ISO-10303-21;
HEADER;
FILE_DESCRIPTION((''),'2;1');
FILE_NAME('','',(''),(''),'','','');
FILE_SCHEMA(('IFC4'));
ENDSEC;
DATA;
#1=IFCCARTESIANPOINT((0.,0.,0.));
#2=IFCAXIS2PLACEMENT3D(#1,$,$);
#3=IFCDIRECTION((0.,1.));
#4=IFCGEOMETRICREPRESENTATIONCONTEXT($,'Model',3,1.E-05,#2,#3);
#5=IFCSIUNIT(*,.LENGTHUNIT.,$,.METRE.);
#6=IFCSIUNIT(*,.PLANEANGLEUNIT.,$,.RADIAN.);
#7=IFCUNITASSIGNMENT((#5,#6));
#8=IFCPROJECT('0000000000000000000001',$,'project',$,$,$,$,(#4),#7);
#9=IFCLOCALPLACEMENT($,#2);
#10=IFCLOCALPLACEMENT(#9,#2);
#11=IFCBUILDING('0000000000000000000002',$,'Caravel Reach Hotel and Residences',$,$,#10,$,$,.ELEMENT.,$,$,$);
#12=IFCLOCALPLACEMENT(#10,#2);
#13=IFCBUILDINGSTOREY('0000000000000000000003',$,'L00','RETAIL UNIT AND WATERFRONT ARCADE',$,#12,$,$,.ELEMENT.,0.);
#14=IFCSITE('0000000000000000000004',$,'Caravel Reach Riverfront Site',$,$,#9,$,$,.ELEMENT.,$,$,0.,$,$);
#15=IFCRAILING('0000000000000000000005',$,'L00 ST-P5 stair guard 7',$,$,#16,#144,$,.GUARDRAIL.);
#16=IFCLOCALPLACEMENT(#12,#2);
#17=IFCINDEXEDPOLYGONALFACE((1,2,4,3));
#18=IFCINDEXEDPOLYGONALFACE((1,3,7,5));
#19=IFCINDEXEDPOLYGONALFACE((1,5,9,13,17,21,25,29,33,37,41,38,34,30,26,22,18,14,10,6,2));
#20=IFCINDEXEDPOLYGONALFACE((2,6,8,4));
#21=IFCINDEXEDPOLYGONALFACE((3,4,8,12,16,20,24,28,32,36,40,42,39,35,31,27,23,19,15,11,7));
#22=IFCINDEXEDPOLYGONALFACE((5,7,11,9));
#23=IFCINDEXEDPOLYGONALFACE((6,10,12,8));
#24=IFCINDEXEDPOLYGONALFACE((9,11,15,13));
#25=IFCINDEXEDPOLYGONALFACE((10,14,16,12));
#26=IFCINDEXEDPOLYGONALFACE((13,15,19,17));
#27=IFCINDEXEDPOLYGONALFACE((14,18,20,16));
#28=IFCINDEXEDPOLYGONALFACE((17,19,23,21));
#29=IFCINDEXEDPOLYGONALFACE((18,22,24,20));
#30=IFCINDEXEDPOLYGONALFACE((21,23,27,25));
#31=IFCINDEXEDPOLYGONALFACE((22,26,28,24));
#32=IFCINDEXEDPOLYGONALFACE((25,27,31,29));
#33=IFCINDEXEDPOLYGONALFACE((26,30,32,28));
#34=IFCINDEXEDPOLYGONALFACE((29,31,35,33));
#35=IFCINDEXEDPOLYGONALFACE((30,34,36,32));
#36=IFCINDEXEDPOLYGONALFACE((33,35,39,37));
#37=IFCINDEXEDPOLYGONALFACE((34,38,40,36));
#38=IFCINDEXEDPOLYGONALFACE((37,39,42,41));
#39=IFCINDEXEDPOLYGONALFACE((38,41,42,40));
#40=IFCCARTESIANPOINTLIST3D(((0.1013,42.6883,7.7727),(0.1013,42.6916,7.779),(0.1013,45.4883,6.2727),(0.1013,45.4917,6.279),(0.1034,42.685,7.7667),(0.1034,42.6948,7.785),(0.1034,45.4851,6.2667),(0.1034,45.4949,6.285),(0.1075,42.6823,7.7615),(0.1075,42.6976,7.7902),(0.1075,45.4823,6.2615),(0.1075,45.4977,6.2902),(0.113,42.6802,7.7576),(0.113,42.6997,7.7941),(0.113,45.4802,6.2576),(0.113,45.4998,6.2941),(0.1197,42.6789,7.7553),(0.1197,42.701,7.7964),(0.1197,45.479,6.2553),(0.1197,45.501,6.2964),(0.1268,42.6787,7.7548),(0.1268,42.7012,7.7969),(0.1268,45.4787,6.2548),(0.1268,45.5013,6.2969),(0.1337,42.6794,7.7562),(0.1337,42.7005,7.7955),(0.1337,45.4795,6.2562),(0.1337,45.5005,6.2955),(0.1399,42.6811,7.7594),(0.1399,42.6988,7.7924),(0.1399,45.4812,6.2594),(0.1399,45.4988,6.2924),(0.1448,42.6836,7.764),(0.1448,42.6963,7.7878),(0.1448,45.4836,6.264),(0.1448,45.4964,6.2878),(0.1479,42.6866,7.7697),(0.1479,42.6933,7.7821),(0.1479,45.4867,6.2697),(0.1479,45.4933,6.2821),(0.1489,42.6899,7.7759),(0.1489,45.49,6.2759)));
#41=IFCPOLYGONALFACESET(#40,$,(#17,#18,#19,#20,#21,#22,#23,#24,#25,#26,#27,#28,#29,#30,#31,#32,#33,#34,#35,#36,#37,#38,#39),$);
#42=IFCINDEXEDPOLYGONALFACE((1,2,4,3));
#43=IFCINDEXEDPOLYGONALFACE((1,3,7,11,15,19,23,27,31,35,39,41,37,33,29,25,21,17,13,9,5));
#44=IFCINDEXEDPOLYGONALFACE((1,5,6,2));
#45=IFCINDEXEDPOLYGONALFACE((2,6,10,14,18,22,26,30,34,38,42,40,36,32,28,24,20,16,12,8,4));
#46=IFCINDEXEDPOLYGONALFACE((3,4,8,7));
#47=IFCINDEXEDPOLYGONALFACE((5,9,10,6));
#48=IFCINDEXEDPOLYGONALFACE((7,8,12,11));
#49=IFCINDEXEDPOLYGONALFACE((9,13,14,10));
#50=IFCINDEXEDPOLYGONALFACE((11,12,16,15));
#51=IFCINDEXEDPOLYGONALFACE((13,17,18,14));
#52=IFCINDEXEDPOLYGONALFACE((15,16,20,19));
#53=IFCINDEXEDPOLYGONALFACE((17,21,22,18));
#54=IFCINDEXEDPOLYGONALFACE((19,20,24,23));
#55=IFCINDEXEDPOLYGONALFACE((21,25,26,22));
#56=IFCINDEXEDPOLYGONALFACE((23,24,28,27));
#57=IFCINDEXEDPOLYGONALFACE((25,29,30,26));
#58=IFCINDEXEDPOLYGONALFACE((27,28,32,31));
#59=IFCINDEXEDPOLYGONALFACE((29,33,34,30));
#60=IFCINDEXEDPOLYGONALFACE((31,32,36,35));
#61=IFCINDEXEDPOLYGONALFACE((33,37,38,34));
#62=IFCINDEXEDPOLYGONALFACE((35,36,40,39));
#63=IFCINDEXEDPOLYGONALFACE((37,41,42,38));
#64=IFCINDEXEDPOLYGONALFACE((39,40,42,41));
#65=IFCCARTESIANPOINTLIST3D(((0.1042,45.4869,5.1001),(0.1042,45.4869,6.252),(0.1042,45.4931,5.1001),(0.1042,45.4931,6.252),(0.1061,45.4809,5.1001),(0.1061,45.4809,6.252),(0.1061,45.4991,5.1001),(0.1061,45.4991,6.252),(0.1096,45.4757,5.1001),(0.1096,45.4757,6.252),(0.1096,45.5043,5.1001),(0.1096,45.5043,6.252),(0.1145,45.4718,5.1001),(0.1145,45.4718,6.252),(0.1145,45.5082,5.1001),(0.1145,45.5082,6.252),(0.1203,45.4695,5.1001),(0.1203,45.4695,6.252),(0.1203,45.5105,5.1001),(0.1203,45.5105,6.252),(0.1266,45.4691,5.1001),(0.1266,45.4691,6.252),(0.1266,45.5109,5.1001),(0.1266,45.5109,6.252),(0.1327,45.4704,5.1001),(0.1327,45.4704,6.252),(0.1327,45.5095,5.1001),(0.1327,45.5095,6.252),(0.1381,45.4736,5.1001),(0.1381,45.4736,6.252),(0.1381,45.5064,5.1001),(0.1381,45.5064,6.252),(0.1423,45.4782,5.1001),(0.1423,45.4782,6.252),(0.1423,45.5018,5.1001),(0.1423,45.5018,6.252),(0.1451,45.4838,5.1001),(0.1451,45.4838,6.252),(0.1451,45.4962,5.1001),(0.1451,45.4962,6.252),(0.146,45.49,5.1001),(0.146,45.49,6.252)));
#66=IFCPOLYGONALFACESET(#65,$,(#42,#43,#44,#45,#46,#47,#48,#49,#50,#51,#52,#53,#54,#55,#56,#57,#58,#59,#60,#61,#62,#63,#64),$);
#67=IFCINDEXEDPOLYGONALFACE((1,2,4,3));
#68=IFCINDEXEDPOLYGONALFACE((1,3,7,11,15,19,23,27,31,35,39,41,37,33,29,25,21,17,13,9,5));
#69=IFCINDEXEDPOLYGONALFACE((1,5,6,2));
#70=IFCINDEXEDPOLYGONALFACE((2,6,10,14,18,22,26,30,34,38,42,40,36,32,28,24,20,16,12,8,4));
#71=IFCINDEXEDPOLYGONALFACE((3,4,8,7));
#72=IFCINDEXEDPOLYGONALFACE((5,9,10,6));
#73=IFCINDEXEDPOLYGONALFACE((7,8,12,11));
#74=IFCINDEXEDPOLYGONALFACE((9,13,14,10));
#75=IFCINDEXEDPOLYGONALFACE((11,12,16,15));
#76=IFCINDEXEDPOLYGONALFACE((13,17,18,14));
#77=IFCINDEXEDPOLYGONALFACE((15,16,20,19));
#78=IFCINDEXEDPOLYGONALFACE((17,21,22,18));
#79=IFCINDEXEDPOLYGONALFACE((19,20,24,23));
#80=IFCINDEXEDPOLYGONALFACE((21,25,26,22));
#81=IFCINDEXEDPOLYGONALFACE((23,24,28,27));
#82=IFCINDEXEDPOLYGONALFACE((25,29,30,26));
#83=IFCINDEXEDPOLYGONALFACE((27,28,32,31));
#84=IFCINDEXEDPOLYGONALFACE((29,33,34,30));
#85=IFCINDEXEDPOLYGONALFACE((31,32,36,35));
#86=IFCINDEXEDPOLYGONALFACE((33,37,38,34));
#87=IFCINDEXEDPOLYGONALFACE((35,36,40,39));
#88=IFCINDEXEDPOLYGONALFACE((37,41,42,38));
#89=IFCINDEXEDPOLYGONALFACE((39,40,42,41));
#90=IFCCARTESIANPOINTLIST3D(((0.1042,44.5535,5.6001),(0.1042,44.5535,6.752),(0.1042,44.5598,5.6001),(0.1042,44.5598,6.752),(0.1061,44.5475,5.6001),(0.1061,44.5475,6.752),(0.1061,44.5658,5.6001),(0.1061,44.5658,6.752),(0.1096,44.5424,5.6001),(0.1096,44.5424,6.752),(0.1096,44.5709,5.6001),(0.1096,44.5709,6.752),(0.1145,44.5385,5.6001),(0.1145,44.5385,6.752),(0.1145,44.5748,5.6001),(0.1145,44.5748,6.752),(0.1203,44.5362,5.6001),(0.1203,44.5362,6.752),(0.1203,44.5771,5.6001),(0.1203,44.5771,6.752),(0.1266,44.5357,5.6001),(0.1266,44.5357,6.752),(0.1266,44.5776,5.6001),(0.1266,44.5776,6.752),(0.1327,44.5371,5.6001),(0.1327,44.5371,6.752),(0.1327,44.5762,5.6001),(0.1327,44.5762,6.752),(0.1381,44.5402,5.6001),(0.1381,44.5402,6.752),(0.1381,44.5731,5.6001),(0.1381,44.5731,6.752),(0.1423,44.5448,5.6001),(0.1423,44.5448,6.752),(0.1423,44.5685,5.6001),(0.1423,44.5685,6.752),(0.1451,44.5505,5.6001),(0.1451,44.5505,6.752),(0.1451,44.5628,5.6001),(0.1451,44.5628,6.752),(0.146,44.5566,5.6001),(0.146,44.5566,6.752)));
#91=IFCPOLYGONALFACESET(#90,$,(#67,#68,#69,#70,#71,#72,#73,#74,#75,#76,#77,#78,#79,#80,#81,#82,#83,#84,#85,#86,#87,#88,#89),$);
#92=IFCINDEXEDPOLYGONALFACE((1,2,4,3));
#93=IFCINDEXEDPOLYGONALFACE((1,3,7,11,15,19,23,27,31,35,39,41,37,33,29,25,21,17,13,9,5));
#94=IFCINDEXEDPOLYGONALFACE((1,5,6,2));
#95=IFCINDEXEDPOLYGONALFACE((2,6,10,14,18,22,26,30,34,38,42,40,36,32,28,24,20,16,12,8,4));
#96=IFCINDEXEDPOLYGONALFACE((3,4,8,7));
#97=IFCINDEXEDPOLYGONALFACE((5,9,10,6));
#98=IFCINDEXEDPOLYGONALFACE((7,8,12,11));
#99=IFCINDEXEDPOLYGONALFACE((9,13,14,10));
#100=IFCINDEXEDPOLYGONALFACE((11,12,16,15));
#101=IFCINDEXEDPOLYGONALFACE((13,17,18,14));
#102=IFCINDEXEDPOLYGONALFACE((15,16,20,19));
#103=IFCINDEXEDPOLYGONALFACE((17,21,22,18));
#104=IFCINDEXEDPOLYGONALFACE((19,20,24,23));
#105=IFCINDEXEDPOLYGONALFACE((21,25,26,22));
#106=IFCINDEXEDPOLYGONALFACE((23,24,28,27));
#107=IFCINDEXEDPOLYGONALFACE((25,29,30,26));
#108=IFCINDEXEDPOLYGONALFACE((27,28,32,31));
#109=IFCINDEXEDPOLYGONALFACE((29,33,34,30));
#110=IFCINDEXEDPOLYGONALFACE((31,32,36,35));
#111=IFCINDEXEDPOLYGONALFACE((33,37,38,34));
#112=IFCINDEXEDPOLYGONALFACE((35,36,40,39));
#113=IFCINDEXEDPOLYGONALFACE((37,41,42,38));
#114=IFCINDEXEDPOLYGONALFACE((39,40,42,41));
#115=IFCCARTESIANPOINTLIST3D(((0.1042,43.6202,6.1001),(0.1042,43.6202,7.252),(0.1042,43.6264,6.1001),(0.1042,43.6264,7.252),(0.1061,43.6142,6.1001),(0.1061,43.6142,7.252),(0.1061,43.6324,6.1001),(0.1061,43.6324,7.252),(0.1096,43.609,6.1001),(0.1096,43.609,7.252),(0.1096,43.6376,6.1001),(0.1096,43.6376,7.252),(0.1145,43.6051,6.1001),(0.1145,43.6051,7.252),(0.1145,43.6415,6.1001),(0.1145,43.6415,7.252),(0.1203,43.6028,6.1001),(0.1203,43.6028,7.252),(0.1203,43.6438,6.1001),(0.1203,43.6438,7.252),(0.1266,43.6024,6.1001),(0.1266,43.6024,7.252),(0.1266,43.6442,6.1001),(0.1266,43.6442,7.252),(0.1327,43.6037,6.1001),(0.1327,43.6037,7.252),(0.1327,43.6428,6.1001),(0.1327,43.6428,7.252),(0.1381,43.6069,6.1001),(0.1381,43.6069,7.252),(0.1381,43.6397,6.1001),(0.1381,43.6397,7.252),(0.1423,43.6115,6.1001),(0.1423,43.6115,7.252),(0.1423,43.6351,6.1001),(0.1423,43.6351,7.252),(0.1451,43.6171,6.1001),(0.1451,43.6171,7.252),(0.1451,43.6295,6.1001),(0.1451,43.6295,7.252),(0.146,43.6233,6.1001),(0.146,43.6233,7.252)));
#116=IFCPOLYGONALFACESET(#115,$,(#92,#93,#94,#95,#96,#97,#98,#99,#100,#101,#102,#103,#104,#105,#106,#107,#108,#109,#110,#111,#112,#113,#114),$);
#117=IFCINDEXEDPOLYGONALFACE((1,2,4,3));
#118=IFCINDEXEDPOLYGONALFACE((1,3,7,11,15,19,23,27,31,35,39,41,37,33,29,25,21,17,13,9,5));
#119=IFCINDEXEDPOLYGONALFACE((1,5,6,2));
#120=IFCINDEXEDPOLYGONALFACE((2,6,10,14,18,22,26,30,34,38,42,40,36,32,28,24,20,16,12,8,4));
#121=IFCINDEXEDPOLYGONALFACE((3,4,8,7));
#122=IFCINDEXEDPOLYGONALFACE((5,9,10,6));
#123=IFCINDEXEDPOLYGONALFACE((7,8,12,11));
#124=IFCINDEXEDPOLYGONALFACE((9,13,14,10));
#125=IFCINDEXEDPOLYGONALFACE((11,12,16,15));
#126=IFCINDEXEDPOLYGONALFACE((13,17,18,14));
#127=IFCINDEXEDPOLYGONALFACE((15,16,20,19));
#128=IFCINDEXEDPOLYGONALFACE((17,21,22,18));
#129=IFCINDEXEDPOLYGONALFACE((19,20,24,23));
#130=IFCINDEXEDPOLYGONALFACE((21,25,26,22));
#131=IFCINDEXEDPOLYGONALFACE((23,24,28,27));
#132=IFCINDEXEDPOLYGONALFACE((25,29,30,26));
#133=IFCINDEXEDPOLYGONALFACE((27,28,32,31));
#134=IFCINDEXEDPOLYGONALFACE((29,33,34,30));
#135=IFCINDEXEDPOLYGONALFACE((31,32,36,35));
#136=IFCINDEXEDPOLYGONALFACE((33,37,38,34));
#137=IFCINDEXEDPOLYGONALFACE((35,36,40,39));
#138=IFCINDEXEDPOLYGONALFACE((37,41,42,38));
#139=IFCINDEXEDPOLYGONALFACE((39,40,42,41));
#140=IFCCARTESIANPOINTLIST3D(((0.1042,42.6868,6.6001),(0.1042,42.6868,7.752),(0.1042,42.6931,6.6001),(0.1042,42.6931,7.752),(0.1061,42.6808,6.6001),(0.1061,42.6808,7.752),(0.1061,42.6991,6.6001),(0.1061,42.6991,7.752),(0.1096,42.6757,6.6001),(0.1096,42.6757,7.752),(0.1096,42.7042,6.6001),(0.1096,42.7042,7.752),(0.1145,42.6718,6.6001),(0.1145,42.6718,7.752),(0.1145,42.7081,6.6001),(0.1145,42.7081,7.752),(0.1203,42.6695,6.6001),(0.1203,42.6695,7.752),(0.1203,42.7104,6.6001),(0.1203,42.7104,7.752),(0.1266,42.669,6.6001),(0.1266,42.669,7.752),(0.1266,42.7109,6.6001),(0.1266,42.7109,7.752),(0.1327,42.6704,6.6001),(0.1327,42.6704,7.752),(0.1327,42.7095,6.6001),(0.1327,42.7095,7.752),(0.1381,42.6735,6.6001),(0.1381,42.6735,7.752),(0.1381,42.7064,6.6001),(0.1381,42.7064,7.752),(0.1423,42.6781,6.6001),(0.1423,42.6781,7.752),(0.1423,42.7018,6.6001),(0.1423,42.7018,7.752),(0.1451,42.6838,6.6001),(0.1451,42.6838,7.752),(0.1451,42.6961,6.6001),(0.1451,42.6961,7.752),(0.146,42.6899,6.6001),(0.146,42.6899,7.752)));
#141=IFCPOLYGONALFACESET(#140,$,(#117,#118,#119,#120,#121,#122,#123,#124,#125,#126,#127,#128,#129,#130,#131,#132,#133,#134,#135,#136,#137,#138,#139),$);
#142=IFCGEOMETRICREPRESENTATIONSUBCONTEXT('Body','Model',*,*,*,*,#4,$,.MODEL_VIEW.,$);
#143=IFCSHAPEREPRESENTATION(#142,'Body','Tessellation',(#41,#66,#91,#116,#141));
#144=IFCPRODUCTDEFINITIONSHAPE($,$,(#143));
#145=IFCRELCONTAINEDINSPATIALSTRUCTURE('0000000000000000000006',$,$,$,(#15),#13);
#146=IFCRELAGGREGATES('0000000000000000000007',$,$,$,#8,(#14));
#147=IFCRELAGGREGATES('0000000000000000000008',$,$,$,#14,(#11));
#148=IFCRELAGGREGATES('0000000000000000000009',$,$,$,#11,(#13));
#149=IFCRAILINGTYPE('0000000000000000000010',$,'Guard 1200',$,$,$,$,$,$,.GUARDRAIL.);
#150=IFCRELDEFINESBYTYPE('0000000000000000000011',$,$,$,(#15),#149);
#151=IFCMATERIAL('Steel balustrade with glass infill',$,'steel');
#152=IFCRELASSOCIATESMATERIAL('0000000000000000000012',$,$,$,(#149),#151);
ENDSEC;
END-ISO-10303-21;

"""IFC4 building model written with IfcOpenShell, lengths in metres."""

from ifc_helpers import new_model, si_unit, direction, frame, origin, origin_2d, place, context, subcontext, project, spatial, circle, extrude, material, type_object, element, save


model = new_model("IFC4")

# Units and contexts
model_context = context("Model", 3, precision=1e-05, world=origin(), true_north=direction((0.0, 1.0)))
body_context = subcontext(model_context, "Body", "Model", "MODEL_VIEW")
ifc_project = project(units=[si_unit("LENGTHUNIT", "METRE"), si_unit("PLANEANGLEUNIT", "RADIAN")], contexts=[model_context])

# Site, building, storey
site_placement = place(None, origin())
site = spatial("IfcSite", under=ifc_project, at=site_placement, Name="Caravel Reach Riverfront Site", CompositionType="ELEMENT", RefElevation=0.0)
building_placement = place(site_placement, origin())
building = spatial("IfcBuilding", under=site, at=building_placement, Name="Caravel Reach Hotel and Residences", CompositionType="ELEMENT")
storey_placement = place(building_placement, origin())
storey = spatial("IfcBuildingStorey", under=building, at=storey_placement, Name="L00", Description="RETAIL UNIT AND WATERFRONT ARCADE", CompositionType="ELEMENT", Elevation=0.0)

# Railing
ifc_material_1 = material(Name="Steel balustrade with glass infill", Category="steel")
railing_type_1 = type_object("IfcRailingType", Name="Guard 1200", PredefinedType="GUARDRAIL", material=ifc_material_1)
for number, where, name in (
    (1, (0.125, 45.49, 5.1001), "L00 ST-P5 stair guard 7"),
):
    element("IfcRailing", number, at=place(storey_placement, frame(where)), inside=storey, type_object=railing_type_1, Name=name, PredefinedType="GUARDRAIL", context=body_context, shape_type="SweptSolid", body=[
        extrude(circle(Radius=0.0239, at=origin_2d()), frame((0.0, 0.0, 1.1758), z_axis=(0.0, -0.881483, 0.472215), x_axis=(1.0, 0.0, 0.0)), (0.0, 0.0, 1.0), 3.1765),
        extrude(circle(Radius=0.021, at=origin_2d()), origin(), (0.0, 0.0, 1.0), 1.1519),
        extrude(circle(Radius=0.021, at=origin_2d()), frame((0.0, -0.9333, 0.5)), (0.0, 0.0, 1.0), 1.1519),
        extrude(circle(Radius=0.021, at=origin_2d()), frame((0.0, -1.8667, 1.0)), (0.0, 0.0, 1.0), 1.1519),
        extrude(circle(Radius=0.021, at=origin_2d()), frame((0.0, -2.8, 1.5)), (0.0, 0.0, 1.0), 1.1519),
    ])

save(model, "model.ifc")
